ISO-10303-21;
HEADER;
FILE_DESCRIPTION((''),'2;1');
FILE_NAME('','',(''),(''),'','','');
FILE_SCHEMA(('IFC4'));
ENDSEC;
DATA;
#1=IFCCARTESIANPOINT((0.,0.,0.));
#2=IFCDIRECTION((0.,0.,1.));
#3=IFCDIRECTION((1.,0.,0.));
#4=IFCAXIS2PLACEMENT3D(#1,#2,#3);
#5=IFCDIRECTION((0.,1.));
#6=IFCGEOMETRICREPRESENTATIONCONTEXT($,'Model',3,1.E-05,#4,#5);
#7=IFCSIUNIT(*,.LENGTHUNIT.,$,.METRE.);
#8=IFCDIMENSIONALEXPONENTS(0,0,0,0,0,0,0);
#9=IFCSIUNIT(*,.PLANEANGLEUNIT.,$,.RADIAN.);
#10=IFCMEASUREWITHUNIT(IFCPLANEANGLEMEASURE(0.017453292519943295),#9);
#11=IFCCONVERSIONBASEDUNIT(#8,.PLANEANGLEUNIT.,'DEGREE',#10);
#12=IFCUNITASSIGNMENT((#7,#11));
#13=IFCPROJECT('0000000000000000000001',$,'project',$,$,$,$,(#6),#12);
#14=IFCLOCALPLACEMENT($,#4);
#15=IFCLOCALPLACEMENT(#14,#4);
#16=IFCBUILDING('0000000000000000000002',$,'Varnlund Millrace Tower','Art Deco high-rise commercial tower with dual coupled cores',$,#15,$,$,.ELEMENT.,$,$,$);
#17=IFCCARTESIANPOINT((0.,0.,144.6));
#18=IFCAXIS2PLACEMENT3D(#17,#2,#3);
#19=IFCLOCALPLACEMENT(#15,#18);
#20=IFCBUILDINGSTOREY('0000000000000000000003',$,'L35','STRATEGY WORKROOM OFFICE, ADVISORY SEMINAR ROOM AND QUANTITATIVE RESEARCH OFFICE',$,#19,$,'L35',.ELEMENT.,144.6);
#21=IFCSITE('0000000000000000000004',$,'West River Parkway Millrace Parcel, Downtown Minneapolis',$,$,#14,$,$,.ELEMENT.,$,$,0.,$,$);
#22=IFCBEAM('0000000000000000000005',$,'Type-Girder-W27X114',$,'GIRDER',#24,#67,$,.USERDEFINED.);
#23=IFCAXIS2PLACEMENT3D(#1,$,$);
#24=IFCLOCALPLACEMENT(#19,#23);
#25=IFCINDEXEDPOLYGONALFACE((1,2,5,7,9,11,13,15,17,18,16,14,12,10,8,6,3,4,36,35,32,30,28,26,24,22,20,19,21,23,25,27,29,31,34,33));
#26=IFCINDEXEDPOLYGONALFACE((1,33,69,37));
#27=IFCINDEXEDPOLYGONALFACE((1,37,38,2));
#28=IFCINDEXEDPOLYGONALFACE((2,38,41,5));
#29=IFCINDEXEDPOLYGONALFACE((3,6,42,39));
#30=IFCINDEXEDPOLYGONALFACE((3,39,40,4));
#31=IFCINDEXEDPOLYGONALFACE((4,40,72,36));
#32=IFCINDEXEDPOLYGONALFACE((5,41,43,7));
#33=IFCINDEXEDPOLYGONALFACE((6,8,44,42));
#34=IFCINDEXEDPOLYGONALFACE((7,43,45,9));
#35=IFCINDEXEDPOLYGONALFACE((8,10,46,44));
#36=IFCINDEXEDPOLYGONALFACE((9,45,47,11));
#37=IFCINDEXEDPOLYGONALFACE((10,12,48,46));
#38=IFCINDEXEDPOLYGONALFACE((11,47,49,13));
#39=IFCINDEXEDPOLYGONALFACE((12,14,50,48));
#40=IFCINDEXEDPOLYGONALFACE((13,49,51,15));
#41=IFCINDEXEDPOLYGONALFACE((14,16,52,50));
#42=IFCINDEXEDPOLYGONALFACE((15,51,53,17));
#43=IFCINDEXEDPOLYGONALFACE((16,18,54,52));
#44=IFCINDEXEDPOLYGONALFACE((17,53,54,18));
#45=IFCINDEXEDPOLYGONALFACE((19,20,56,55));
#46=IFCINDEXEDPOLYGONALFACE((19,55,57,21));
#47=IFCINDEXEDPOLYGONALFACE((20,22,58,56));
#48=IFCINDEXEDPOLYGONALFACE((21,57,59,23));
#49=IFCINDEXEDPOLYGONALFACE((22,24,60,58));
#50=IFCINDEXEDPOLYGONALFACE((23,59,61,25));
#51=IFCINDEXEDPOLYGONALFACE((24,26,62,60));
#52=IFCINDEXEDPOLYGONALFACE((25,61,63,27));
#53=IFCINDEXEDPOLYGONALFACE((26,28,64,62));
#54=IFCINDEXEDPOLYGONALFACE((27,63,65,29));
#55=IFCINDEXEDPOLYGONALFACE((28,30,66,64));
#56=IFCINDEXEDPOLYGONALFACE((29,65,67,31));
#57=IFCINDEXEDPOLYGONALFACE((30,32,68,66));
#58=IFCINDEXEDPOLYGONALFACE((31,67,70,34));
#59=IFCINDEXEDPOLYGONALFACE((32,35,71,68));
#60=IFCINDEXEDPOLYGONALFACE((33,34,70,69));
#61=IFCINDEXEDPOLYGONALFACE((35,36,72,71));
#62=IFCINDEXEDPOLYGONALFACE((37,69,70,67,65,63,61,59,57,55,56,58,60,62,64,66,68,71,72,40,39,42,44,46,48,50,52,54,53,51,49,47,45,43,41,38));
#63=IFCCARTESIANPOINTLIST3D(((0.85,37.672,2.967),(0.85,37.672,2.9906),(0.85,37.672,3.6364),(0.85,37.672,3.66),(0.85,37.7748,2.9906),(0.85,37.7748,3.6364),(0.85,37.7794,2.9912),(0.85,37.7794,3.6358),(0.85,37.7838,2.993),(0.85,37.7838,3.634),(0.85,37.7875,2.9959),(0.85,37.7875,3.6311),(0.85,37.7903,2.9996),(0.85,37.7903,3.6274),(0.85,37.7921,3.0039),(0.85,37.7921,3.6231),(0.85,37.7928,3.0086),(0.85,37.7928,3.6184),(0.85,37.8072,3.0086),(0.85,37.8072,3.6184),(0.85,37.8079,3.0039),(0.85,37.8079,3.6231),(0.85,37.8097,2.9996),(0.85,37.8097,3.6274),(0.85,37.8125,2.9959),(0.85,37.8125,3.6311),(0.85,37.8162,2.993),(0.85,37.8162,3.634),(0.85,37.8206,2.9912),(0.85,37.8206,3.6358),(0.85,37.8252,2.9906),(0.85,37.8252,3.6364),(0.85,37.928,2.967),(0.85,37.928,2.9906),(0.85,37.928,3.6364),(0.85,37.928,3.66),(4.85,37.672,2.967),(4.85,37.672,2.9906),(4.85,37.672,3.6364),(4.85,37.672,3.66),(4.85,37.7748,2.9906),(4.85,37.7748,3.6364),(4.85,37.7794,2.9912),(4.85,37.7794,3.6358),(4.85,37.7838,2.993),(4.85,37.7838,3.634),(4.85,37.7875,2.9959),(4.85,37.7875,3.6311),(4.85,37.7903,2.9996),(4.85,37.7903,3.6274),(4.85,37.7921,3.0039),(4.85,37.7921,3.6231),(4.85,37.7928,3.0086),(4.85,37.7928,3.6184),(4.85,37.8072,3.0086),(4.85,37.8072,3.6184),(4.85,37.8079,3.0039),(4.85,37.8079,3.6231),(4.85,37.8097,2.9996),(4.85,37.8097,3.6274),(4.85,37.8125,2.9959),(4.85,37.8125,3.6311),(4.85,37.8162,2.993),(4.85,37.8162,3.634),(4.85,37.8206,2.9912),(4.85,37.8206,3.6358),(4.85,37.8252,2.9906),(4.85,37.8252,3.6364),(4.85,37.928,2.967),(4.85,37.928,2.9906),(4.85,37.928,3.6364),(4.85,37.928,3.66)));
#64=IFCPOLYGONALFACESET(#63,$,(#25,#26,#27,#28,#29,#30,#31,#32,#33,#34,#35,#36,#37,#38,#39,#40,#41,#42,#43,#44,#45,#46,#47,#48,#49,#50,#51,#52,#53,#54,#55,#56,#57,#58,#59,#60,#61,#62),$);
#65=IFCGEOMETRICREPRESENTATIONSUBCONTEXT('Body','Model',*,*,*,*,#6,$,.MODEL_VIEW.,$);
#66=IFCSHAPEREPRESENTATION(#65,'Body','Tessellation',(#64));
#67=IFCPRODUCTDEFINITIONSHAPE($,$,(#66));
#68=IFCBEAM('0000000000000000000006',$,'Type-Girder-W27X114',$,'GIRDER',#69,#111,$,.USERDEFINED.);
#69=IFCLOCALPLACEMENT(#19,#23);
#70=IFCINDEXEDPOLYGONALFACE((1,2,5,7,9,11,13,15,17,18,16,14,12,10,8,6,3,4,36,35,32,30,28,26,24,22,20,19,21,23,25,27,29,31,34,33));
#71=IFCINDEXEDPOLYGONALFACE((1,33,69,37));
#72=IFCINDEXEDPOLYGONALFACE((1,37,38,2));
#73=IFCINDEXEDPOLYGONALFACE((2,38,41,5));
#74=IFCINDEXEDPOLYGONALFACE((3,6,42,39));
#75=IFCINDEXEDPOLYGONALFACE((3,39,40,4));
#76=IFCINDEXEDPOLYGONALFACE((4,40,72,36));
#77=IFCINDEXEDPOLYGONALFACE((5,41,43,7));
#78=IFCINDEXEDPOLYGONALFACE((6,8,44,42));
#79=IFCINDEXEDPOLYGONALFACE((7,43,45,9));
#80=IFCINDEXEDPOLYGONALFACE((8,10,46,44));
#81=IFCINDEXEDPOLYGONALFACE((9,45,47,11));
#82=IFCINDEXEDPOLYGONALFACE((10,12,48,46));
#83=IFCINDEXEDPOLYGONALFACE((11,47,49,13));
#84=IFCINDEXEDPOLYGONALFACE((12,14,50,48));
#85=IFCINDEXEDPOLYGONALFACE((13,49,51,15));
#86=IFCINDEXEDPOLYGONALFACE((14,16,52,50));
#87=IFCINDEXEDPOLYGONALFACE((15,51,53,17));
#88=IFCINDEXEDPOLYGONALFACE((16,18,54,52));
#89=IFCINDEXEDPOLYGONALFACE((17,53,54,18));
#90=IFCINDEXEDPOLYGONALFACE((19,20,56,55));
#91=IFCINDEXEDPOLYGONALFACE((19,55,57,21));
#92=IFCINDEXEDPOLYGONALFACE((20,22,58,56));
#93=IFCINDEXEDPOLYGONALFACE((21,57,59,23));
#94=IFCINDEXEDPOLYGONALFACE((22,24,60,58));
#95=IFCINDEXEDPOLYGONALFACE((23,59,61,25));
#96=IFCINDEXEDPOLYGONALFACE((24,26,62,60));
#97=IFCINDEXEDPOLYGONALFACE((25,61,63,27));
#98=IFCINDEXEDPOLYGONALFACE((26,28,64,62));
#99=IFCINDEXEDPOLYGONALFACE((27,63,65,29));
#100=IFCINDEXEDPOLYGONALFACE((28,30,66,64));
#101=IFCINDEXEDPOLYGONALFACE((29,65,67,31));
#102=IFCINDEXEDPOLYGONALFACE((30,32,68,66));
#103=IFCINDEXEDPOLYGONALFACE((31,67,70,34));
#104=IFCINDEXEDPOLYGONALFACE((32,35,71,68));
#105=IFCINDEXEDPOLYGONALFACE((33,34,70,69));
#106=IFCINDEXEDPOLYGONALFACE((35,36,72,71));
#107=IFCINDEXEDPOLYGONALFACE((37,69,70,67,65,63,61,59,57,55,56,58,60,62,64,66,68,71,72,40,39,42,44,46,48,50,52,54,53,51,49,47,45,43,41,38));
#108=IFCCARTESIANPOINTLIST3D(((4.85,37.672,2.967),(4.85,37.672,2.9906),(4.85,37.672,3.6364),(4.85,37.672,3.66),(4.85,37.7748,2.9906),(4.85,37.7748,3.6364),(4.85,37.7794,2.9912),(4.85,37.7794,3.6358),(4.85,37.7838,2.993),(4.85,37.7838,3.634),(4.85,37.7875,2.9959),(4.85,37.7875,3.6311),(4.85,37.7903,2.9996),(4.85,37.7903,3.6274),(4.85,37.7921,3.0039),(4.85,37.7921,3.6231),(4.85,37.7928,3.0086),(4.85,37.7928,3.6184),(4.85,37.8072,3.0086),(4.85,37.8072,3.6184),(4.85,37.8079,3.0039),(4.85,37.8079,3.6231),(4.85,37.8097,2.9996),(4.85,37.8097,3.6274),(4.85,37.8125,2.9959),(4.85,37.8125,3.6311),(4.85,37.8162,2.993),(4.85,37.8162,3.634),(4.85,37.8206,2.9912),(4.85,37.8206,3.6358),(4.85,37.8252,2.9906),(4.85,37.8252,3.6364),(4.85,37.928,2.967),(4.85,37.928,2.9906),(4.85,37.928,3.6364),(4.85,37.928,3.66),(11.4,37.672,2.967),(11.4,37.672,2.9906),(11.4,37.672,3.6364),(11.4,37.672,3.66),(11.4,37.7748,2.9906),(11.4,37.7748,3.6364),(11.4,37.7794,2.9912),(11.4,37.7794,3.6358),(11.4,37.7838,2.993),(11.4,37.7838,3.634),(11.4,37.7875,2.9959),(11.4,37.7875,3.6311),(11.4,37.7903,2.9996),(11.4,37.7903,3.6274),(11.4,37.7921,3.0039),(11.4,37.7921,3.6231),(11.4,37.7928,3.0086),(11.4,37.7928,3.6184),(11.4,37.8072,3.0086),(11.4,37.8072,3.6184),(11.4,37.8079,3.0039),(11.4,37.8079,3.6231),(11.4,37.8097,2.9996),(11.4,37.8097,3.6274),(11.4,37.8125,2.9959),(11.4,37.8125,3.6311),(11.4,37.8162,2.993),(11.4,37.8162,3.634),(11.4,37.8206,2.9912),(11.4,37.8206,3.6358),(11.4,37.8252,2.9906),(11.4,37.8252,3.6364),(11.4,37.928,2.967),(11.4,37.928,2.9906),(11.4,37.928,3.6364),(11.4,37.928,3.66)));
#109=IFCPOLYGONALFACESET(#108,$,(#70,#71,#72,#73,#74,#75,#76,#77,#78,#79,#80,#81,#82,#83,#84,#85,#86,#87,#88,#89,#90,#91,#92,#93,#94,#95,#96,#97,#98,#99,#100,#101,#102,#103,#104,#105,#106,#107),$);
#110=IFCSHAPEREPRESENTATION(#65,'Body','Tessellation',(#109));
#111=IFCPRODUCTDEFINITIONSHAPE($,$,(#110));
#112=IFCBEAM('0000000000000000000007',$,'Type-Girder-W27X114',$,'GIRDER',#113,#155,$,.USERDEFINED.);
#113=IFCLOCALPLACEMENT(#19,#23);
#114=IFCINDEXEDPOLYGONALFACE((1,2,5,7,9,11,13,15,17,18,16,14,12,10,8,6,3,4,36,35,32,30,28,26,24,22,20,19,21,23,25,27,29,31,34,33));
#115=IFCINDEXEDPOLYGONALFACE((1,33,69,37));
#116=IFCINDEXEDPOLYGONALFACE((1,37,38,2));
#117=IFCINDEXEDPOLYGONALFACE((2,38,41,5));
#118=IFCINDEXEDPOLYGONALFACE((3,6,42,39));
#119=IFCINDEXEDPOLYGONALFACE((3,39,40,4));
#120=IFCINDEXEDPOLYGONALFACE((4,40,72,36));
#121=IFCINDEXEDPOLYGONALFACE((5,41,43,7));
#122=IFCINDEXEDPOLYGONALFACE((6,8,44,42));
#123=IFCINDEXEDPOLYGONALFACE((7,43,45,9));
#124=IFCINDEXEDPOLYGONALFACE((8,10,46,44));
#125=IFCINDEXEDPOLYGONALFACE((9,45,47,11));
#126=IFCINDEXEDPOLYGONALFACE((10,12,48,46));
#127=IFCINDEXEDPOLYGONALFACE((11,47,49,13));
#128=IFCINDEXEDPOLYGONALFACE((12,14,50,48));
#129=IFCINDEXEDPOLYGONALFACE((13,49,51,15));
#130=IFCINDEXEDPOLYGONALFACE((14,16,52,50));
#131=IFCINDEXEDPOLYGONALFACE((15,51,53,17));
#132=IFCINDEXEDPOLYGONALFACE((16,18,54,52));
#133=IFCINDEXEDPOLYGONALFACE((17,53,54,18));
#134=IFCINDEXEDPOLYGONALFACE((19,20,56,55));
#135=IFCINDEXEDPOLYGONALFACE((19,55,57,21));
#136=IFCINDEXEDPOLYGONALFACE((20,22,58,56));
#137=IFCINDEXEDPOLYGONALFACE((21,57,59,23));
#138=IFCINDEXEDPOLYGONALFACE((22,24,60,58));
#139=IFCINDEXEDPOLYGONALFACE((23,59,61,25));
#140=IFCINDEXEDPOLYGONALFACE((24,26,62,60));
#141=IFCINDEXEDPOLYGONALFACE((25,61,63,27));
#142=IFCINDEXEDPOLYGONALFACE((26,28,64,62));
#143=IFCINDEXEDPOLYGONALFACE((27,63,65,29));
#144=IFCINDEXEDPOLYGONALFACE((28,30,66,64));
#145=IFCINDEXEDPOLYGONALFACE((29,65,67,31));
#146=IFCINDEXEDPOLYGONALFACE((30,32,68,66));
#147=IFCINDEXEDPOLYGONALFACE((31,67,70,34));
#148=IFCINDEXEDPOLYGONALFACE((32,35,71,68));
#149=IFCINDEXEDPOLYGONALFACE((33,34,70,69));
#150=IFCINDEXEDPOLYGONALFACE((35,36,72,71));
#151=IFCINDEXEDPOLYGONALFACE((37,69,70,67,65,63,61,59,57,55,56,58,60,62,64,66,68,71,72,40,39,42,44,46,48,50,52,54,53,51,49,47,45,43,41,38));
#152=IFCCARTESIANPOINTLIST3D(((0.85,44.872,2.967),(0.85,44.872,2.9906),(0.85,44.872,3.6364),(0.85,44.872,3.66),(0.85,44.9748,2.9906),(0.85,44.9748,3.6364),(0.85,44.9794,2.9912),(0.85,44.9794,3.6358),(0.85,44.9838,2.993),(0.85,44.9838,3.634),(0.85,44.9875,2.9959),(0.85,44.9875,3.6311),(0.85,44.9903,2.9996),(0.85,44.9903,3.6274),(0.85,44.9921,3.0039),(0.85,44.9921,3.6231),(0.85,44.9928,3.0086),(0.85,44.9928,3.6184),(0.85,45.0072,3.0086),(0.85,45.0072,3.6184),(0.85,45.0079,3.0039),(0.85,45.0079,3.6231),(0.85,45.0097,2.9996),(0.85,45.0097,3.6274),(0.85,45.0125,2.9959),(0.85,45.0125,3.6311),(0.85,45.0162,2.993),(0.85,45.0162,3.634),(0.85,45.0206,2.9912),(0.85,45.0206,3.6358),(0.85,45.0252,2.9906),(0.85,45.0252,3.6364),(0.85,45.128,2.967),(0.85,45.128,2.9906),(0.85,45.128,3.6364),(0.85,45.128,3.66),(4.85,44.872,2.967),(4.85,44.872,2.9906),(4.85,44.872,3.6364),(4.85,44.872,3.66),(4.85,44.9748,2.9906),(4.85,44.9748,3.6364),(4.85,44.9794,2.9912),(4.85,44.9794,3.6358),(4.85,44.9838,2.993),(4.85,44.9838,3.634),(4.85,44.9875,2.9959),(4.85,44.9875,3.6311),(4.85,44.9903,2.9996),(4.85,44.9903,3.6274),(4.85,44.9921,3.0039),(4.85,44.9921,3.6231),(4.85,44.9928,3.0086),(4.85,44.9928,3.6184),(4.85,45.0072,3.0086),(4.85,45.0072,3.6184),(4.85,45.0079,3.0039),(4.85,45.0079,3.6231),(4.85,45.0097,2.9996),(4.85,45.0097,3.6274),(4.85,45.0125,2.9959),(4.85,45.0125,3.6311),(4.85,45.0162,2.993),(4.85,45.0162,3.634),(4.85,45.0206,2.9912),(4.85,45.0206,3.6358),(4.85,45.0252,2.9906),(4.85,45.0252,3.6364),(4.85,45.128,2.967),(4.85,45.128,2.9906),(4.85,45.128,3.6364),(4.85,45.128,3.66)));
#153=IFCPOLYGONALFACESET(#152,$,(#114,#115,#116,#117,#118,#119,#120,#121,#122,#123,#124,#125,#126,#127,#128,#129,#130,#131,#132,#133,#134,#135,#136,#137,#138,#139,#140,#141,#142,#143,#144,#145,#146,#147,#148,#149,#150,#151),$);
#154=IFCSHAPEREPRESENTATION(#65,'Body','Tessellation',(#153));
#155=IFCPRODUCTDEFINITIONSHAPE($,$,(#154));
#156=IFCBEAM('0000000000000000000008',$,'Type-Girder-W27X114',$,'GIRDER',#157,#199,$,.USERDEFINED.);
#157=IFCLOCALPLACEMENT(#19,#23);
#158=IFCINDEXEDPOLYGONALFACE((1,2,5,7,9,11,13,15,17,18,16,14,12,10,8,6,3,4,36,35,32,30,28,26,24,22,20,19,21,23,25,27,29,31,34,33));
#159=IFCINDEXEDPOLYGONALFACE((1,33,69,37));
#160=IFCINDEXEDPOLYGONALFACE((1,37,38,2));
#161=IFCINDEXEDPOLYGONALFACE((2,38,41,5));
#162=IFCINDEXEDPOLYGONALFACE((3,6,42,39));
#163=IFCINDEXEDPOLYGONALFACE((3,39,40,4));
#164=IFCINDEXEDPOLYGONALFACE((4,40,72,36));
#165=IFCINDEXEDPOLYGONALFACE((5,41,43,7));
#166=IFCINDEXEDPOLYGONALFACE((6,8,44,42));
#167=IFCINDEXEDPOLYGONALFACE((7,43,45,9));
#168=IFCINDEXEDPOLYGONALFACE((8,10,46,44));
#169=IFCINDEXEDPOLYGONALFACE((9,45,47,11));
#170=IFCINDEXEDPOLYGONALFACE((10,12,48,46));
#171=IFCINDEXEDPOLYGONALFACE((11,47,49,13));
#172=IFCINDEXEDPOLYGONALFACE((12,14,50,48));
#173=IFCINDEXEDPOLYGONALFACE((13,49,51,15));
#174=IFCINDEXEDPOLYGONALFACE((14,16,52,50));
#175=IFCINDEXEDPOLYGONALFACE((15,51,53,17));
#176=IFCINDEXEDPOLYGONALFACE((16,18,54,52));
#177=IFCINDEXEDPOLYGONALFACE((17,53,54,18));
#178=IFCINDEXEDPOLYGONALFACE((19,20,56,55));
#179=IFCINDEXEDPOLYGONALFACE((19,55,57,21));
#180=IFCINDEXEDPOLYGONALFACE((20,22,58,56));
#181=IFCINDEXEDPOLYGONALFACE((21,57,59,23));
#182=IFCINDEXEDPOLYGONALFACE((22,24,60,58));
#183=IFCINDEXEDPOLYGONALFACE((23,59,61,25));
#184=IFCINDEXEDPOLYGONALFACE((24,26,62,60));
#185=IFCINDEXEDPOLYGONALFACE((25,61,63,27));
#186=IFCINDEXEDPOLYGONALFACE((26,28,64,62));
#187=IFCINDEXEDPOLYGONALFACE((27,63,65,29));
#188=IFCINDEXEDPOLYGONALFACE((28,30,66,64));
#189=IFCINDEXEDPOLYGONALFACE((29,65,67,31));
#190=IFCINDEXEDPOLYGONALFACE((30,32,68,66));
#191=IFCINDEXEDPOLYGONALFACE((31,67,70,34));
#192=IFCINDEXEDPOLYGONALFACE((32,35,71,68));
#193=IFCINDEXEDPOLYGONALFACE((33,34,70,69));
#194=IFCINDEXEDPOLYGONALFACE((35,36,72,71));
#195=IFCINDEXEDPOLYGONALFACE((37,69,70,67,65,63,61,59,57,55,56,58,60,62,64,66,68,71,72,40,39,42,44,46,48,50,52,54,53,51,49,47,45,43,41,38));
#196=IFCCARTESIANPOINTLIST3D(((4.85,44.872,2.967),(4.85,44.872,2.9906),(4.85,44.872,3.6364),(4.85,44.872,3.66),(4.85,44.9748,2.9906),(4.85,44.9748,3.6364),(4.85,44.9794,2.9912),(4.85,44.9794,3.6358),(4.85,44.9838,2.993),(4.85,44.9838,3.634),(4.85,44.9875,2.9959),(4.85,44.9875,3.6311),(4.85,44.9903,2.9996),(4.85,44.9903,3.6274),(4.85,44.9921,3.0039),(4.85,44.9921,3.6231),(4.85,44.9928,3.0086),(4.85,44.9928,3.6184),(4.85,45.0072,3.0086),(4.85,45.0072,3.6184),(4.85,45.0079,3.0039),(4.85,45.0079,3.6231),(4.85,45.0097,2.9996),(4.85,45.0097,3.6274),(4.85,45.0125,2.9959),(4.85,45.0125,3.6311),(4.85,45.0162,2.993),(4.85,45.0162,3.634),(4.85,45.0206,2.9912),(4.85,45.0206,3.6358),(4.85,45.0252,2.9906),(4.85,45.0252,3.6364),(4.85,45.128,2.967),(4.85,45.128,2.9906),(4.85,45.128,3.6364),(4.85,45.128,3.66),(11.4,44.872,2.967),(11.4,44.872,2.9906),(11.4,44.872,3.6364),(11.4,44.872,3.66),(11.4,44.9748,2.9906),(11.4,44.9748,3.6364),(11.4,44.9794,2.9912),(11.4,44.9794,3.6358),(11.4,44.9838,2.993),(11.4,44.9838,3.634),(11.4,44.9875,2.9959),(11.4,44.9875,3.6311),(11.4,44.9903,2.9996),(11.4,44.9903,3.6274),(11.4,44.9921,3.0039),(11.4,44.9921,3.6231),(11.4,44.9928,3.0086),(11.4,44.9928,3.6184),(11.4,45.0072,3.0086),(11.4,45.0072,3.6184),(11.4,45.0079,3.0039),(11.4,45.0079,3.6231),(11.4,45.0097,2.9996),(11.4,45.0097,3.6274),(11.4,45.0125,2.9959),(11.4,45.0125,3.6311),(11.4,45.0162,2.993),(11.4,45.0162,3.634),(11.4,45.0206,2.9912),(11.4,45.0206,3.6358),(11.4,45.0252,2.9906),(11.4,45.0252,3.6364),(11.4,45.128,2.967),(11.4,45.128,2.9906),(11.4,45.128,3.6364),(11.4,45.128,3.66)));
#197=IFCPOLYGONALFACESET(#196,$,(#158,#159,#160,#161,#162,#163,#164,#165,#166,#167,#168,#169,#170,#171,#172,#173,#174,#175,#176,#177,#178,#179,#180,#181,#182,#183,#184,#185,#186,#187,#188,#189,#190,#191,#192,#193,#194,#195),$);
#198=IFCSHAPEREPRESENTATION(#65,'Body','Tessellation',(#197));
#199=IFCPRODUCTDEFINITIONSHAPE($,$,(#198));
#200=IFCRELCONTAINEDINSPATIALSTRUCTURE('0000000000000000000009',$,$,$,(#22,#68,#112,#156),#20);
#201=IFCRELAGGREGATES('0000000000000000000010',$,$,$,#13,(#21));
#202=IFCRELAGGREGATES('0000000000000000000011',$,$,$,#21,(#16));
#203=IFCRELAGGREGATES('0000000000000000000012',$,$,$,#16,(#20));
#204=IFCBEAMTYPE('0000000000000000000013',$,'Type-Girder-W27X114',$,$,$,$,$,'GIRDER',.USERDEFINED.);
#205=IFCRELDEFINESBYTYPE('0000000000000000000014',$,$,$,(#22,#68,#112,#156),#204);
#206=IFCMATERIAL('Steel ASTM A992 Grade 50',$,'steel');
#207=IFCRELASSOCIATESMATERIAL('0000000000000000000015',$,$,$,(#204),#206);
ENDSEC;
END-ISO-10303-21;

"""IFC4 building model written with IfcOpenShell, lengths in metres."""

from ifc_helpers import new_model, entity, si_unit, converted_unit, direction, frame, origin_with_axes, origin_2d_with_axis, place, context, subcontext, project, spatial, i_section, extrude, material, material_profile, profile_set, type_object, element, save


model = new_model("IFC4")

# Units and contexts
model_context = context("Model", 3, precision=1e-05, world=origin_with_axes(), true_north=direction((0.0, 1.0)))
body_context = subcontext(model_context, "Body", "Model", "MODEL_VIEW")
ifc_project = project(units=[si_unit("LENGTHUNIT", "METRE"), converted_unit("PLANEANGLEUNIT", "DEGREE", entity("IfcPlaneAngleMeasure", 0.017453292519943295), si_unit("PLANEANGLEUNIT", "RADIAN"), dimensions=[0, 0, 0, 0, 0, 0, 0])], contexts=[model_context])

# Site, building, storey
site_placement = place(None, origin_with_axes())
site = spatial("IfcSite", under=ifc_project, at=site_placement, Name="West River Parkway Millrace Parcel, Downtown Minneapolis", CompositionType="ELEMENT", RefElevation=0.0)
building_placement = place(site_placement, origin_with_axes())
building = spatial("IfcBuilding", under=site, at=building_placement, Name="Varnlund Millrace Tower", Description="Art Deco high-rise commercial tower with dual coupled cores", CompositionType="ELEMENT")
storey_placement = place(building_placement, frame((0.0, 0.0, 144.6), z_axis=(0.0, 0.0, 1.0), x_axis=(1.0, 0.0, 0.0)))
storey = spatial("IfcBuildingStorey", under=building, at=storey_placement, Name="L35", Description="STRATEGY WORKROOM OFFICE, ADVISORY SEMINAR ROOM AND QUANTITATIVE RESEARCH OFFICE", LongName="L35", CompositionType="ELEMENT", Elevation=144.6)

# Beams
ifc_material_1 = material(Name="Steel ASTM A992 Grade 50", Category="steel")
ifc_material_profile_1 = material_profile(ifc_material_1, i_section(OverallWidth=0.256, OverallDepth=0.693, WebThickness=0.0145, FlangeThickness=0.0236, FilletRadius=0.018, at=origin_2d_with_axis()), Name="Steel ASTM A992 Grade 50")
ifc_profile_set_1 = profile_set([ifc_material_profile_1], Name="Steel ASTM A992 Grade 50")
beam_type_1 = type_object("IfcBeamType", Name="Type-Girder-W27X114", ElementType="GIRDER", PredefinedType="USERDEFINED", material=ifc_profile_set_1)
beam_1_placement = place(storey_placement, frame((0.85, 37.8, 3.3135), z_axis=(1.0, 0.0, 0.0), x_axis=(0.0, 1.0, 0.0)))
element("IfcBeam", 1, at=beam_1_placement, inside=storey, type_object=beam_type_1, Name="Type-Girder-W27X114", ObjectType="GIRDER", PredefinedType="USERDEFINED", context=body_context, shape_type="SweptSolid", body=[
    extrude(i_section(OverallWidth=0.256, OverallDepth=0.693, WebThickness=0.0145, FlangeThickness=0.0236, FilletRadius=0.018, at=origin_2d_with_axis()), origin_with_axes(), (0.0, 0.0, 1.0), 4.0),
])
beam_2_placement = place(storey_placement, frame((4.85, 37.8, 3.3135), z_axis=(1.0, 0.0, 0.0), x_axis=(0.0, 1.0, 0.0)))
element("IfcBeam", 2, at=beam_2_placement, inside=storey, type_object=beam_type_1, Name="Type-Girder-W27X114", ObjectType="GIRDER", PredefinedType="USERDEFINED", context=body_context, shape_type="SweptSolid", body=[
    extrude(i_section(OverallWidth=0.256, OverallDepth=0.693, WebThickness=0.0145, FlangeThickness=0.0236, FilletRadius=0.018, at=origin_2d_with_axis()), origin_with_axes(), (0.0, 0.0, 1.0), 6.55),
])
beam_3_placement = place(storey_placement, frame((0.85, 45.0, 3.3135), z_axis=(1.0, 0.0, 0.0), x_axis=(0.0, 1.0, 0.0)))
element("IfcBeam", 3, at=beam_3_placement, inside=storey, type_object=beam_type_1, Name="Type-Girder-W27X114", ObjectType="GIRDER", PredefinedType="USERDEFINED", context=body_context, shape_type="SweptSolid", body=[
    extrude(i_section(OverallWidth=0.256, OverallDepth=0.693, WebThickness=0.0145, FlangeThickness=0.0236, FilletRadius=0.018, at=origin_2d_with_axis()), origin_with_axes(), (0.0, 0.0, 1.0), 4.0),
])
beam_4_placement = place(storey_placement, frame((4.85, 45.0, 3.3135), z_axis=(1.0, 0.0, 0.0), x_axis=(0.0, 1.0, 0.0)))
element("IfcBeam", 4, at=beam_4_placement, inside=storey, type_object=beam_type_1, Name="Type-Girder-W27X114", ObjectType="GIRDER", PredefinedType="USERDEFINED", context=body_context, shape_type="SweptSolid", body=[
    extrude(i_section(OverallWidth=0.256, OverallDepth=0.693, WebThickness=0.0145, FlangeThickness=0.0236, FilletRadius=0.018, at=origin_2d_with_axis()), origin_with_axes(), (0.0, 0.0, 1.0), 6.55),
])

save(model, "model.ifc")
